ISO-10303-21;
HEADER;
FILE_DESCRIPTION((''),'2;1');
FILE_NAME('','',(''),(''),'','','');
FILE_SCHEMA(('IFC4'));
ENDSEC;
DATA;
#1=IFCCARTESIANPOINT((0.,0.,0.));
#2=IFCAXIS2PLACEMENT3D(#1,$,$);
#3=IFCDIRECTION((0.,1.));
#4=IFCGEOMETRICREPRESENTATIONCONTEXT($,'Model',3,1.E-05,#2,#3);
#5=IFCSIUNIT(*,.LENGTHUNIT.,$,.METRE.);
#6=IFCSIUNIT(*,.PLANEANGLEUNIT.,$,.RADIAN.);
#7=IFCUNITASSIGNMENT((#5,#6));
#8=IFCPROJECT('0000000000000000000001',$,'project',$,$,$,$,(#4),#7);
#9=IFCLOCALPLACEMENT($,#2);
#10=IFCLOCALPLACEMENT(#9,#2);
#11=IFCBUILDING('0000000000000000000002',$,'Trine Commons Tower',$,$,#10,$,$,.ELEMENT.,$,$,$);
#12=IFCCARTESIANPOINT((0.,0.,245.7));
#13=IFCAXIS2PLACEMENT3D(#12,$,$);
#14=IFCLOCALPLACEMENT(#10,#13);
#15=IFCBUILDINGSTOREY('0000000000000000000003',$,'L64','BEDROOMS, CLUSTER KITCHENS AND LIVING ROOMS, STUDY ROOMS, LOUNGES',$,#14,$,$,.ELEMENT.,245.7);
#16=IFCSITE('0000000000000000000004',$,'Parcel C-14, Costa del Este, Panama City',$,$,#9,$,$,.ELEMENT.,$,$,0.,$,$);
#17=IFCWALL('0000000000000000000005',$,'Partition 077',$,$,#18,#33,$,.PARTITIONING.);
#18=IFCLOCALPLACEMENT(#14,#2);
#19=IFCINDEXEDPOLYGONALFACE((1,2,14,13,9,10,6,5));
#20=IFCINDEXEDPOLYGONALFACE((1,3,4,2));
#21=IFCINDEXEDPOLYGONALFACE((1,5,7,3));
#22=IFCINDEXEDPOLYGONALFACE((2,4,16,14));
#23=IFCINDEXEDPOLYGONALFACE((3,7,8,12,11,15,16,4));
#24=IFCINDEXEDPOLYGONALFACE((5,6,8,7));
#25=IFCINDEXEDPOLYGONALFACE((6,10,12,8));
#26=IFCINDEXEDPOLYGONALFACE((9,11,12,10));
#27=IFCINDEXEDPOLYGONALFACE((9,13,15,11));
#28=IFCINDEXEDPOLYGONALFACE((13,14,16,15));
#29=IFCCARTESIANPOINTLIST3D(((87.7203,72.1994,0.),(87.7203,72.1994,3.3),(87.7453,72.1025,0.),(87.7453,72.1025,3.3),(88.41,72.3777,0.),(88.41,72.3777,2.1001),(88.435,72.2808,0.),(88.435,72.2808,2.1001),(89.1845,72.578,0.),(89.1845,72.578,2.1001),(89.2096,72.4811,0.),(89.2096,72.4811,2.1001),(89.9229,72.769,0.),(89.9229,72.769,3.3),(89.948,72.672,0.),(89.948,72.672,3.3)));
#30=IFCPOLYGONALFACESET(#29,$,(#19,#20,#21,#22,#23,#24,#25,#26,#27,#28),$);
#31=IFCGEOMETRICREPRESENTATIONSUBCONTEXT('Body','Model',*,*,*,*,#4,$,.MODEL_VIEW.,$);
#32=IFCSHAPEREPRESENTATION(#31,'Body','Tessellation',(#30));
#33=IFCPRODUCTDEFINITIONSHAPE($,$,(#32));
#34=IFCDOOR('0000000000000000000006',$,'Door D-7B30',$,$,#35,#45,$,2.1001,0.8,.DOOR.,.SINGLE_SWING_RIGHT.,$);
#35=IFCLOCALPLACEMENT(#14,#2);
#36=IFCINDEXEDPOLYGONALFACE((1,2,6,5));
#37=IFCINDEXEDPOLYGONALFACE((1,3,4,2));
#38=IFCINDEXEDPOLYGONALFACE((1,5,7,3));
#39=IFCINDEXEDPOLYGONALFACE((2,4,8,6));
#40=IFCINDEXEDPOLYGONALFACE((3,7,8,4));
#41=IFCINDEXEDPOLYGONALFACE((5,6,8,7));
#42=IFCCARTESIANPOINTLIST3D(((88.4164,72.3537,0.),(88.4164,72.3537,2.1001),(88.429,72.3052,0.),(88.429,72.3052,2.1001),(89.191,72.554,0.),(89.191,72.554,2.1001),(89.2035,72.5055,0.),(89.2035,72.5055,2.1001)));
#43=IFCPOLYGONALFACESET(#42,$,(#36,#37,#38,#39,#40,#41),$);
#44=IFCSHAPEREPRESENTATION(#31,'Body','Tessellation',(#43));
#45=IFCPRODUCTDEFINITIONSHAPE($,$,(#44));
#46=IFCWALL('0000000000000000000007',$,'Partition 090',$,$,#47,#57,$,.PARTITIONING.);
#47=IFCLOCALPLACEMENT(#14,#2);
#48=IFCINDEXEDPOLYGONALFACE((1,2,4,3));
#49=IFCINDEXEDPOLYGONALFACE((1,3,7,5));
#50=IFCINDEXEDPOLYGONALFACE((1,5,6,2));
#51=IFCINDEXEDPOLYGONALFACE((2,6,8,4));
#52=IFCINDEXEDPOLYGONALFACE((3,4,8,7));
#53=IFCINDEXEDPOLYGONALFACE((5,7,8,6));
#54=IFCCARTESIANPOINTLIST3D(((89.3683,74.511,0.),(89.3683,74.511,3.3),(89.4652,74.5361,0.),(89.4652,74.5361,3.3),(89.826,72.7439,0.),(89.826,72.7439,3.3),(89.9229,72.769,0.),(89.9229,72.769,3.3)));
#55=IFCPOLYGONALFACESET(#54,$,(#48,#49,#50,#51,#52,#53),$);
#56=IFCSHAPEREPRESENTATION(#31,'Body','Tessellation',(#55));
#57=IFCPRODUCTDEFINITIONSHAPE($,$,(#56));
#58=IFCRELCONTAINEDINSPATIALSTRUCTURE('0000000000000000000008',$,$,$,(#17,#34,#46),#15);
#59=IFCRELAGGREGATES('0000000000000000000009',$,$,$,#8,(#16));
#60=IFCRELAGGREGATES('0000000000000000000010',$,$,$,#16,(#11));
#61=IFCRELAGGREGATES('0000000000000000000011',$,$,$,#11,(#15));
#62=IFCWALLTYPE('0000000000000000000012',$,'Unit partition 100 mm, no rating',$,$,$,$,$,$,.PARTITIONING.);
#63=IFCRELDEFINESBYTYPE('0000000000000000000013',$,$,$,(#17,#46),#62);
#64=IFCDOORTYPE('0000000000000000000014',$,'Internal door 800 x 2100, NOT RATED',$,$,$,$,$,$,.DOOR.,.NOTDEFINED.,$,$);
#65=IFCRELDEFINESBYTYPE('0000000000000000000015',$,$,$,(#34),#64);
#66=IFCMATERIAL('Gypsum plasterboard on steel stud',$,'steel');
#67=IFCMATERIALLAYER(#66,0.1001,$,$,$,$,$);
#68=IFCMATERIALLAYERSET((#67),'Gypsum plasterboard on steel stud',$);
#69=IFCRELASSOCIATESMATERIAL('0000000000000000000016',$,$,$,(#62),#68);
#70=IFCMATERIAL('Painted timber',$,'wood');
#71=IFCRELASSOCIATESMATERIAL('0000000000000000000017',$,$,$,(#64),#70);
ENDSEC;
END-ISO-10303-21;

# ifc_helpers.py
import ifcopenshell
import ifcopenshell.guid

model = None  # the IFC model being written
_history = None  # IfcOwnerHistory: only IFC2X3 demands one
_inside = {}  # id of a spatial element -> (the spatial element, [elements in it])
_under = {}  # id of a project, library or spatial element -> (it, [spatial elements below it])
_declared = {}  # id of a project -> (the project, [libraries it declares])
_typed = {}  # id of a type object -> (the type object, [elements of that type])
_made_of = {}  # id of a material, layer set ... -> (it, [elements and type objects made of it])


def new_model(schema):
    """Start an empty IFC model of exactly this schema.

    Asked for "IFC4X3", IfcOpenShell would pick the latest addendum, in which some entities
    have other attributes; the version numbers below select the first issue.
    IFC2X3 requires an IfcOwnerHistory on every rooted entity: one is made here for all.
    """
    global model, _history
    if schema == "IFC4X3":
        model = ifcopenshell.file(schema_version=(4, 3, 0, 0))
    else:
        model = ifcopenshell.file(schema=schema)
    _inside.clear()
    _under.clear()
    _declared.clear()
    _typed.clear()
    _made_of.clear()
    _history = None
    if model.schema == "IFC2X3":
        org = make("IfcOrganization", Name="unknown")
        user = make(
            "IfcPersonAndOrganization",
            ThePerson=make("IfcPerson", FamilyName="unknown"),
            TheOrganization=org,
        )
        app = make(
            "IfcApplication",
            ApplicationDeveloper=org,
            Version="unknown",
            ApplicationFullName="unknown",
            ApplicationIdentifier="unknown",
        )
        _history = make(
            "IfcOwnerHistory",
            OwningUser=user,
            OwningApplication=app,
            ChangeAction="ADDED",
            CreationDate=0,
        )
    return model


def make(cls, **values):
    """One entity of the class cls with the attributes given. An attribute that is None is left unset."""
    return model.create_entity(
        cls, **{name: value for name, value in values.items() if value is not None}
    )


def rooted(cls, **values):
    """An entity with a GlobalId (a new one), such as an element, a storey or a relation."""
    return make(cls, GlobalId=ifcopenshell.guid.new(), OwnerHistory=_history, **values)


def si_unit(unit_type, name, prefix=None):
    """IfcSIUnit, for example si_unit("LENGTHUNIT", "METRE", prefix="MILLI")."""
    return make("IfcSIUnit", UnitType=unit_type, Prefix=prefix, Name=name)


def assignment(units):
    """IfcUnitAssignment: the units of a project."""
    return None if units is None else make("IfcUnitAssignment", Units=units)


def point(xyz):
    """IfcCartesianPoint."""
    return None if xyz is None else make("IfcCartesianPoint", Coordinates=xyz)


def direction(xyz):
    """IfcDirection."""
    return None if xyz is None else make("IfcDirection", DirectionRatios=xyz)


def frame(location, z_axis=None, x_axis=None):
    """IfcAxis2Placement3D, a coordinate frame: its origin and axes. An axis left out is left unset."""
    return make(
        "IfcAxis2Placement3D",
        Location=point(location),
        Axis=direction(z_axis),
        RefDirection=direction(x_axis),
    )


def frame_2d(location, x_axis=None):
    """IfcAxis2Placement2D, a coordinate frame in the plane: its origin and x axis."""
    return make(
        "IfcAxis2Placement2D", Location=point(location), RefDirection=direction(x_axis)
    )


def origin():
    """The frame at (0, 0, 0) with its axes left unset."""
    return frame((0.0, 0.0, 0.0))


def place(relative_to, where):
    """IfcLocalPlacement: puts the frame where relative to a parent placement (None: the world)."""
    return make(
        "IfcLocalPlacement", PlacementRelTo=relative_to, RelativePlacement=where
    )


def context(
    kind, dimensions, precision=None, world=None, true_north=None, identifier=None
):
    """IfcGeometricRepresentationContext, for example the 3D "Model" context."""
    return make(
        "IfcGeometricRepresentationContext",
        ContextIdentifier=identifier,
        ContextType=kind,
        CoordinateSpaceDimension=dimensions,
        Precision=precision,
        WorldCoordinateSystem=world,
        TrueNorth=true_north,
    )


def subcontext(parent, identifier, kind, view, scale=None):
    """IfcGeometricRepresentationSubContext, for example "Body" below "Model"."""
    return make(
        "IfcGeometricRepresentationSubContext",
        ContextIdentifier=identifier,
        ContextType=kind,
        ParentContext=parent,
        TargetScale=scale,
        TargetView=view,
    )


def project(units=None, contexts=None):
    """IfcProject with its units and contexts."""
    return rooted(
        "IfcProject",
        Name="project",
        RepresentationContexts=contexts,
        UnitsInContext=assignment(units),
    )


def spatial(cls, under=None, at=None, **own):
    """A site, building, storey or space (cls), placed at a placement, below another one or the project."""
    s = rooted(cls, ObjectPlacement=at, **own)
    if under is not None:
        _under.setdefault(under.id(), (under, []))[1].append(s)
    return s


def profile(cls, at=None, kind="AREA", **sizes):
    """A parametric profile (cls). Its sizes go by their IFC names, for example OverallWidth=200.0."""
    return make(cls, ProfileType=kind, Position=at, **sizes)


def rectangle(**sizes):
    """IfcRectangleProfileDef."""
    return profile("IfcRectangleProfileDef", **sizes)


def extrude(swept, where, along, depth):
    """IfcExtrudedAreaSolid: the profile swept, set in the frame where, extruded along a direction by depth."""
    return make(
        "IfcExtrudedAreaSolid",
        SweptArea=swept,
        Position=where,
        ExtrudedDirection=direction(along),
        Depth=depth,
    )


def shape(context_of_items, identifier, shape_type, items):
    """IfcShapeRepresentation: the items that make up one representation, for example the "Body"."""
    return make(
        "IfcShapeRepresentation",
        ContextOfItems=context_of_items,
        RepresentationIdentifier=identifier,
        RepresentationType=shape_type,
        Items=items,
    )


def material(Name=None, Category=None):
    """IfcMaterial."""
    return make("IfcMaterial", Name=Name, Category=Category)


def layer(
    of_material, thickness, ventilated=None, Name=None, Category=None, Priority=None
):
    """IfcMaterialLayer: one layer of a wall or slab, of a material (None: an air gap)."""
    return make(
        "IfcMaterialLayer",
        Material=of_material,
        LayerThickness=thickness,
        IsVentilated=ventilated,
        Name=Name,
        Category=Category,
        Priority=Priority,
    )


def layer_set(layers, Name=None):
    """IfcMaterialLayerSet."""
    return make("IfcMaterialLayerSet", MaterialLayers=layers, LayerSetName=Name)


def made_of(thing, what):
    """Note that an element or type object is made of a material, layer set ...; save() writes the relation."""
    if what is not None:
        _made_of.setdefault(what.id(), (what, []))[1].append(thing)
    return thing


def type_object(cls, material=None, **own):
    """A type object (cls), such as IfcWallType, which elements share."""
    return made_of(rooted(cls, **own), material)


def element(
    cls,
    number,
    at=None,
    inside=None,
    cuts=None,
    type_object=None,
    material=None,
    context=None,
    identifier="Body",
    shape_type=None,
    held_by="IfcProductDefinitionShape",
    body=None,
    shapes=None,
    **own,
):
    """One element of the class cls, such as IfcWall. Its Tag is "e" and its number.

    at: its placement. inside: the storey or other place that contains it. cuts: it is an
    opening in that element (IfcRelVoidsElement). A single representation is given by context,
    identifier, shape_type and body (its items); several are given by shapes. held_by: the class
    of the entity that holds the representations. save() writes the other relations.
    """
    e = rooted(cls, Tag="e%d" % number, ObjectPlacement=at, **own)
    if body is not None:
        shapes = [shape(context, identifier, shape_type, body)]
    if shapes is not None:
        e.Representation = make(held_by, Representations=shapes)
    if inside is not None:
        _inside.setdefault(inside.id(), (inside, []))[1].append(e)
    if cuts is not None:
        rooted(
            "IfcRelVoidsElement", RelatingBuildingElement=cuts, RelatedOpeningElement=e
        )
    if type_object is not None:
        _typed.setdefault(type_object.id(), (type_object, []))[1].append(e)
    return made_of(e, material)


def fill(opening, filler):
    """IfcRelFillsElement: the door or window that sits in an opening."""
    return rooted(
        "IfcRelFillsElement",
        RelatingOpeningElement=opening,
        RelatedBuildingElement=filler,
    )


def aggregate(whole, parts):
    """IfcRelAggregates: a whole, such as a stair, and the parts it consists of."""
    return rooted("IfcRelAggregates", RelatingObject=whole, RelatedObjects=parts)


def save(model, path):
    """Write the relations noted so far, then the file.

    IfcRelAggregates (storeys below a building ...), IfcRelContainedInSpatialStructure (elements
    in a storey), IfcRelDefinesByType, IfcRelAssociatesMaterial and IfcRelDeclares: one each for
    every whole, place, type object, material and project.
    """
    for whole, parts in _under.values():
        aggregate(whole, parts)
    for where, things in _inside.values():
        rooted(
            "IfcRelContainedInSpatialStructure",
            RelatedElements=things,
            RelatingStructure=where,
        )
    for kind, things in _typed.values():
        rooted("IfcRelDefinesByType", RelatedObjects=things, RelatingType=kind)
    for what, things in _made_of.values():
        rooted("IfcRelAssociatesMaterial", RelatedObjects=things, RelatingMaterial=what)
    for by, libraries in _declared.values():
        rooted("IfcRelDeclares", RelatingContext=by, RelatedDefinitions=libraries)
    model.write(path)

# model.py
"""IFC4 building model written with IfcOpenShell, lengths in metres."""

from ifc_helpers import new_model, si_unit, direction, frame, frame_2d, origin, place, context, subcontext, project, spatial, rectangle, extrude, material, layer, layer_set, type_object, element, fill, save


model = new_model("IFC4")

# Units and contexts
model_context = context("Model", 3, precision=1e-05, world=origin(), true_north=direction((0.0, 1.0)))
body_context = subcontext(model_context, "Body", "Model", "MODEL_VIEW")
ifc_project = project(units=[si_unit("LENGTHUNIT", "METRE"), si_unit("PLANEANGLEUNIT", "RADIAN")], contexts=[model_context])

# Site, building, storey
site_placement = place(None, origin())
site = spatial("IfcSite", under=ifc_project, at=site_placement, Name="Parcel C-14, Costa del Este, Panama City", CompositionType="ELEMENT", RefElevation=0.0)
building_placement = place(site_placement, origin())
building = spatial("IfcBuilding", under=site, at=building_placement, Name="Trine Commons Tower", CompositionType="ELEMENT")
storey_placement = place(building_placement, frame((0.0, 0.0, 245.7)))
storey = spatial("IfcBuildingStorey", under=building, at=storey_placement, Name="L64", Description="BEDROOMS, CLUSTER KITCHENS AND LIVING ROOMS, STUDY ROOMS, LOUNGES", CompositionType="ELEMENT", Elevation=245.7)

# Shared definitions
ifc_material_1 = material(Name="Gypsum plasterboard on steel stud", Category="steel")

# Wall, opening, door
ifc_layer_1 = layer(ifc_material_1, 0.1001)
ifc_layer_set_1 = layer_set([ifc_layer_1], Name="Gypsum plasterboard on steel stud")
wall_type_1 = type_object("IfcWallType", Name="Unit partition 100 mm, no rating", PredefinedType="PARTITIONING", material=ifc_layer_set_1)
wall_1_placement = place(storey_placement, frame((87.7327, 72.1509, 0.0), z_axis=(0.0, 0.0, 1.0), x_axis=(0.968154, 0.250355, 0.0)))
wall_1 = element("IfcWall", 1, at=wall_1_placement, inside=storey, type_object=wall_type_1, Name="Partition 077", PredefinedType="PARTITIONING", context=body_context, shape_type="SweptSolid", body=[
    extrude(rectangle(XDim=2.2751, YDim=0.1001, at=frame_2d((1.1377, 0.0))), origin(), (0.0, 0.0, 1.0), 3.3),
])
opening_1_placement = place(wall_1_placement, frame((0.7126, 0.0, 0.0)))
opening_1 = element("IfcOpeningElement", 2, at=opening_1_placement, cuts=wall_1, PredefinedType="OPENING", context=body_context, shape_type="SweptSolid", body=[
    extrude(rectangle(XDim=0.8, YDim=2.1001, at=frame_2d((0.3999, 1.05))), frame((0.0, 0.0601, 0.0), z_axis=(0.0, -1.0, 0.0), x_axis=(1.0, 0.0, 0.0)), (0.0, 0.0, 1.0), 0.1201),
])
ifc_material_2 = material(Name="Painted timber", Category="wood")
door_type_1 = type_object("IfcDoorType", Name="Internal door 800 x 2100, NOT RATED", OperationType="NOTDEFINED", PredefinedType="DOOR", material=ifc_material_2)
door_1_placement = place(opening_1_placement, frame((0.8, 0.0, 0.0), z_axis=(0.0, 0.0, 1.0), x_axis=(-1.0, 0.0, 0.0)))
door_1 = element("IfcDoor", 3, at=door_1_placement, inside=storey, type_object=door_type_1, Name="Door D-7B30", OperationType="SINGLE_SWING_RIGHT", OverallHeight=2.1001, OverallWidth=0.8, PredefinedType="DOOR", context=body_context, shape_type="SweptSolid", body=[
    extrude(rectangle(XDim=0.8, YDim=2.1001, at=frame_2d((0.3999, 1.05))), frame((0.0, 0.0249, 0.0), z_axis=(0.0, -1.0, 0.0), x_axis=(1.0, 0.0, 0.0)), (0.0, 0.0, 1.0), 0.05),
])
fill(opening_1, door_1)

# Wall
wall_2_placement = place(storey_placement, frame((89.4167, 74.5234, 0.0), z_axis=(0.0, 0.0, 1.0), x_axis=(0.250772, -0.968046, 0.0)))
element("IfcWall", 4, at=wall_2_placement, inside=storey, type_object=wall_type_1, Name="Partition 090", PredefinedType="PARTITIONING", context=body_context, shape_type="SweptSolid", body=[
    extrude(rectangle(XDim=1.8254, YDim=0.1001, at=frame_2d((0.9126, 0.0))), origin(), (0.0, 0.0, 1.0), 3.3),
])

save(model, "model.ifc")
